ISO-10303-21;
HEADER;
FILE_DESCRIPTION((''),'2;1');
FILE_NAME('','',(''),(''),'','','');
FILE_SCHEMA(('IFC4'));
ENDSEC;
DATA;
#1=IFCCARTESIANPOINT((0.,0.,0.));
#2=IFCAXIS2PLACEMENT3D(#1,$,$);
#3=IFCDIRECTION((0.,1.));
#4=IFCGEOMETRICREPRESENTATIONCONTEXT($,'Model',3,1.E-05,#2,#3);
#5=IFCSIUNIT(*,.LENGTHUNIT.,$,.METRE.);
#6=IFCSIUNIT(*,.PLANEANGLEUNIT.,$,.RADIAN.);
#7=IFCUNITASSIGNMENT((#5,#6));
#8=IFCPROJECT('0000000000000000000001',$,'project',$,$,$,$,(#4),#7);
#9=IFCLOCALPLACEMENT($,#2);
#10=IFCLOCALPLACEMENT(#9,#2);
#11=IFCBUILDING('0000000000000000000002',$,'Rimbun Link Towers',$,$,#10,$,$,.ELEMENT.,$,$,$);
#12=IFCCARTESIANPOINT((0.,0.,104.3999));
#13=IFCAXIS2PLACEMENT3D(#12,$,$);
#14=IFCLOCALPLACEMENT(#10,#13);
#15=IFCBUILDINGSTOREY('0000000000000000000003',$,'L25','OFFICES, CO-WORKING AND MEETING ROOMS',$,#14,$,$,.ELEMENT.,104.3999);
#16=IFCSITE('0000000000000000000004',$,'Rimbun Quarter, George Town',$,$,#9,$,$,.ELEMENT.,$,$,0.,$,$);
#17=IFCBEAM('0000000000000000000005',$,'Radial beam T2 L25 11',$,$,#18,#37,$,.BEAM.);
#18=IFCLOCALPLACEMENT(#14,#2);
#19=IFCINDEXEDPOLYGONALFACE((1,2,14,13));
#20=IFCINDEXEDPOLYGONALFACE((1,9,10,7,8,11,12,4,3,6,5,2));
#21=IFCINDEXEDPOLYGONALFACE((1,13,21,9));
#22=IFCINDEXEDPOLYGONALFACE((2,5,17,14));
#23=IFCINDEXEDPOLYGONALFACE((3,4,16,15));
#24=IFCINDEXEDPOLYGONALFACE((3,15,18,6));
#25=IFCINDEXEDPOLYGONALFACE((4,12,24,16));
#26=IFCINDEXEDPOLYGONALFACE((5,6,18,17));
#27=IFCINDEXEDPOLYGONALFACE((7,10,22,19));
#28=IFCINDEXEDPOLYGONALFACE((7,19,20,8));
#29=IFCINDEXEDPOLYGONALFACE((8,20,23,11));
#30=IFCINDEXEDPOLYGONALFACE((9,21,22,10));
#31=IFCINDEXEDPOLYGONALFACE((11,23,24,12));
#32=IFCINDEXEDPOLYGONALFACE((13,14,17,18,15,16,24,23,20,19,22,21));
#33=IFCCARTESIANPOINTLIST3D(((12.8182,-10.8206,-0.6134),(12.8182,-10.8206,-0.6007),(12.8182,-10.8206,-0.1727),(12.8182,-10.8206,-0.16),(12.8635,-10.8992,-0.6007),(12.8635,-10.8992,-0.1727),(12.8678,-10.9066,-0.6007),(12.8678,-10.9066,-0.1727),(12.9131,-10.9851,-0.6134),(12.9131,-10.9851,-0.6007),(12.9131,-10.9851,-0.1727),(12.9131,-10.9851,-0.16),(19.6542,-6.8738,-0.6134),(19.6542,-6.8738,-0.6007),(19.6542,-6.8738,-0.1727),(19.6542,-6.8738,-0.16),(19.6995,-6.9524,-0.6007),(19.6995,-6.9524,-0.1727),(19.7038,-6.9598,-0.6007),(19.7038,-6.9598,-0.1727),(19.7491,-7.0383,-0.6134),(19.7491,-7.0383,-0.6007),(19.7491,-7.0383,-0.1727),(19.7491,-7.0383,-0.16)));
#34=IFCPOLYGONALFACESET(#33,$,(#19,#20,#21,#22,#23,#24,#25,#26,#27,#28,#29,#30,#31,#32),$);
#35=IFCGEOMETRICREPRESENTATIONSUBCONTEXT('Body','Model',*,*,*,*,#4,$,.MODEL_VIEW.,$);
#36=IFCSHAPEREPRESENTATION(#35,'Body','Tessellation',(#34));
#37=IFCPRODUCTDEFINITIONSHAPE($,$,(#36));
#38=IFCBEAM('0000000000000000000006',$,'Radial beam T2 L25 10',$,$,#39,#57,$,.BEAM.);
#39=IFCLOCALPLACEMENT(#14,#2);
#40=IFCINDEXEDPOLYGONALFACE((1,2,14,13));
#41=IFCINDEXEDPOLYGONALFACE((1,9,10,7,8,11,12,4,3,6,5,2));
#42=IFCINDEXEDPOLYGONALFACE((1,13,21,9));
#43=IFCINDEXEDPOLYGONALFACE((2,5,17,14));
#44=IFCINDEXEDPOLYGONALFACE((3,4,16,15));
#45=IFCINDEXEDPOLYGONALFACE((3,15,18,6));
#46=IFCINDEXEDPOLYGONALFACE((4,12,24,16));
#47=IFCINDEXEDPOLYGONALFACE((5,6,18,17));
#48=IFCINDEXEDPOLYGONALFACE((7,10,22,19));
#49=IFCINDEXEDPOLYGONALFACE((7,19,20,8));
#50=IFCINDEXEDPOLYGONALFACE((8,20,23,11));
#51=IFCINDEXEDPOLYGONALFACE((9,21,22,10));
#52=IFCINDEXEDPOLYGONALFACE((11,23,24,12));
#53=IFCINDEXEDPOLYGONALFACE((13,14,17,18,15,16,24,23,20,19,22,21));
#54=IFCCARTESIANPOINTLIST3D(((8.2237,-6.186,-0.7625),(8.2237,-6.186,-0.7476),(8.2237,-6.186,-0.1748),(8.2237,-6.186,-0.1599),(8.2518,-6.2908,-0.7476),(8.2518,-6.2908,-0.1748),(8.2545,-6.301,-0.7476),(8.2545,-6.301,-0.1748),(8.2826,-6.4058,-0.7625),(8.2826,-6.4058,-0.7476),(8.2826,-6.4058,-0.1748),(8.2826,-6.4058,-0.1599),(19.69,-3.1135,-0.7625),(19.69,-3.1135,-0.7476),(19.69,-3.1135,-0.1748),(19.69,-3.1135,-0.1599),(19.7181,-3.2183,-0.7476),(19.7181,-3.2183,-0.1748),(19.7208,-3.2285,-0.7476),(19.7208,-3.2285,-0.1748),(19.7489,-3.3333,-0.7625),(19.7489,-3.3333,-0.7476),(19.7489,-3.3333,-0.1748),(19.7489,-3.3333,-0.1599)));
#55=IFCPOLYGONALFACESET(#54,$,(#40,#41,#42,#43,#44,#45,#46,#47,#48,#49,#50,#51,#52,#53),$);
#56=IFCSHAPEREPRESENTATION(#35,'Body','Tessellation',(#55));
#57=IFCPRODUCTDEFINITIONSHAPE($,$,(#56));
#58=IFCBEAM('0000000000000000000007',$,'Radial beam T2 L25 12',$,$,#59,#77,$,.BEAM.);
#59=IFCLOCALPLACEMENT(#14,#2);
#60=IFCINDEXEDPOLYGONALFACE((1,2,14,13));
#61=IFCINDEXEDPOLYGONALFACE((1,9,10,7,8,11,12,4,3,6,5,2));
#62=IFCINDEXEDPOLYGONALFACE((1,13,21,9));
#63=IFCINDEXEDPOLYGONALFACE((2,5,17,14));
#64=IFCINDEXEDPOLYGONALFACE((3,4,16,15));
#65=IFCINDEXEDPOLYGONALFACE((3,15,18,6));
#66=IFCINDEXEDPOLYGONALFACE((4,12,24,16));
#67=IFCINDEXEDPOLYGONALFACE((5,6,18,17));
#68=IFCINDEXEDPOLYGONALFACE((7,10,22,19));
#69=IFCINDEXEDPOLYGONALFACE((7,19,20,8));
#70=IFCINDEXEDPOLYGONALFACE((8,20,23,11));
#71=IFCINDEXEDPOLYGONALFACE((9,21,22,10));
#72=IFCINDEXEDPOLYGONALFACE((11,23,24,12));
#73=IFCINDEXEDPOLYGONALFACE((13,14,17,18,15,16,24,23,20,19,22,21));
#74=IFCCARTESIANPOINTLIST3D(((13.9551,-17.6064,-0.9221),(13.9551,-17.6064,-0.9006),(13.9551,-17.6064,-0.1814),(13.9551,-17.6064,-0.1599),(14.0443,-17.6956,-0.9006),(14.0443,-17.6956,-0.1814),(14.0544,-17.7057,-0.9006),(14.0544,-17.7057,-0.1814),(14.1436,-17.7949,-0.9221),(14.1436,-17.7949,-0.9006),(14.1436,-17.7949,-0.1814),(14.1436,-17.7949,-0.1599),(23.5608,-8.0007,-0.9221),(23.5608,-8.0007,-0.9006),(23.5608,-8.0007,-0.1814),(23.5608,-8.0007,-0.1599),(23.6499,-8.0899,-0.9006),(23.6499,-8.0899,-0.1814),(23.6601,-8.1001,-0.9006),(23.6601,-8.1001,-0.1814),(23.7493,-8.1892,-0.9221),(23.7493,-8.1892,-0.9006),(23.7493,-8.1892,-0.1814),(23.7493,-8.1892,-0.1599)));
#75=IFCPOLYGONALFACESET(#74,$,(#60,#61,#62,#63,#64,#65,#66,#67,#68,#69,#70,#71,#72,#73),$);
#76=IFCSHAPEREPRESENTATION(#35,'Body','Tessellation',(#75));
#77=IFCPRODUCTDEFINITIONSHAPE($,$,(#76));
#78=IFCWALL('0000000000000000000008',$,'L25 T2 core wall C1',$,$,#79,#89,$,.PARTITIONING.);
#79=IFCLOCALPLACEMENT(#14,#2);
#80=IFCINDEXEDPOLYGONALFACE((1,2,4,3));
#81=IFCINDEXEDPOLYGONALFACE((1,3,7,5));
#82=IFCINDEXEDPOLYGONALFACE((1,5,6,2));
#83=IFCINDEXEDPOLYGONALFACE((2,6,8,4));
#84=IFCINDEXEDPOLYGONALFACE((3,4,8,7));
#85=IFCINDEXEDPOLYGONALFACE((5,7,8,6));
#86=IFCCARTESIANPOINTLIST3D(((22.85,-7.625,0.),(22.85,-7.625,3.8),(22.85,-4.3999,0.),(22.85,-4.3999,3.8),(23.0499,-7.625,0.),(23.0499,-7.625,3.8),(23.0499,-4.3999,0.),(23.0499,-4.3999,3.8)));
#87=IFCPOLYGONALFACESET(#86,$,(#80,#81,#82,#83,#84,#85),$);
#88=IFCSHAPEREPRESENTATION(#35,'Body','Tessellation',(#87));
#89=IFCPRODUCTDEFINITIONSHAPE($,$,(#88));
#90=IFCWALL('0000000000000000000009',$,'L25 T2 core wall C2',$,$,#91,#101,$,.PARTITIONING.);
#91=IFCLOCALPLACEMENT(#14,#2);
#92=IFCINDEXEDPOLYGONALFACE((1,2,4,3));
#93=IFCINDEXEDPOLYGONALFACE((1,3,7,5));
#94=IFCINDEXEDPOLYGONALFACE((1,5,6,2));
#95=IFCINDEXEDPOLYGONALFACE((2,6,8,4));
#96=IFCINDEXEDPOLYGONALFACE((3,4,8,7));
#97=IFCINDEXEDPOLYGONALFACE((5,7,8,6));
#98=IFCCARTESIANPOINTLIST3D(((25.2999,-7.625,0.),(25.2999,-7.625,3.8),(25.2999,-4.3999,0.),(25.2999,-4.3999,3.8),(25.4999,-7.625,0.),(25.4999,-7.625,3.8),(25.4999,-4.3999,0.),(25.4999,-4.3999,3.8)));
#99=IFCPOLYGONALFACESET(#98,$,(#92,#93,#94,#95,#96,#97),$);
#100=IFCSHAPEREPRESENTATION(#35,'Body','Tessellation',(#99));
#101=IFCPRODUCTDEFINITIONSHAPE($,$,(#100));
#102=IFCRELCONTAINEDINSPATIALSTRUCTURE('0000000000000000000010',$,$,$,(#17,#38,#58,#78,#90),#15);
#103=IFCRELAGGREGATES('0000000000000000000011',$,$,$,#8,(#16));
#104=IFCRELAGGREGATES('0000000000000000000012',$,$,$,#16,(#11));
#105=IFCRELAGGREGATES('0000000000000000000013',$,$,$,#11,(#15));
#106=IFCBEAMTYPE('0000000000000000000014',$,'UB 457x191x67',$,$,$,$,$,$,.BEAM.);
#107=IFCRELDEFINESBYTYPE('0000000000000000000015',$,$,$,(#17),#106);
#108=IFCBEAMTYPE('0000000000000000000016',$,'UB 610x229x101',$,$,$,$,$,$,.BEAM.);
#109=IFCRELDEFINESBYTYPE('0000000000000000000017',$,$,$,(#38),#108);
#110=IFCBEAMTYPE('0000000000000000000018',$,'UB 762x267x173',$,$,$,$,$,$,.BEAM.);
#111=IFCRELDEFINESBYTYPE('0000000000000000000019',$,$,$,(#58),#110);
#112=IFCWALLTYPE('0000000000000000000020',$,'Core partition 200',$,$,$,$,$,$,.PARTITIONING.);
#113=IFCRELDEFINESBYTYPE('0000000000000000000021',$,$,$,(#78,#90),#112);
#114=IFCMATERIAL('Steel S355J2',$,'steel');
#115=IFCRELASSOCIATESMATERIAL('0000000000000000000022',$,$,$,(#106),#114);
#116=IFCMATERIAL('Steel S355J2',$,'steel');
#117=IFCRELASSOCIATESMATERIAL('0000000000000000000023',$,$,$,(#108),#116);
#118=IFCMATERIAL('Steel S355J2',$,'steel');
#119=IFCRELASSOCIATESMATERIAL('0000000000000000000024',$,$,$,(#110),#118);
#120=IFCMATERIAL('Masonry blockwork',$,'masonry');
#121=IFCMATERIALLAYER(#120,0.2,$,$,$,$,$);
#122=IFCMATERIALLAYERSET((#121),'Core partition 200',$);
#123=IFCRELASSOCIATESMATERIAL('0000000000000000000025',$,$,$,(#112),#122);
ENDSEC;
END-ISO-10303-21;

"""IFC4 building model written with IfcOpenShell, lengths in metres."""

from ifc_helpers import new_model, si_unit, direction, frame, frame_2d, origin, origin_2d, place, context, subcontext, project, spatial, rectangle, i_section, extrude, material, layer, layer_set, material_profile, profile_set, type_object, element, save


model = new_model("IFC4")

# Units and contexts
model_context = context("Model", 3, precision=1e-05, world=origin(), true_north=direction((0.0, 1.0)))
body_context = subcontext(model_context, "Body", "Model", "MODEL_VIEW")
ifc_project = project(units=[si_unit("LENGTHUNIT", "METRE"), si_unit("PLANEANGLEUNIT", "RADIAN")], contexts=[model_context])

# Site, building, storey
site_placement = place(None, origin())
site = spatial("IfcSite", under=ifc_project, at=site_placement, Name="Rimbun Quarter, George Town", CompositionType="ELEMENT", RefElevation=0.0)
building_placement = place(site_placement, origin())
building = spatial("IfcBuilding", under=site, at=building_placement, Name="Rimbun Link Towers", CompositionType="ELEMENT")
storey_placement = place(building_placement, frame((0.0, 0.0, 104.3999)))
storey = spatial("IfcBuildingStorey", under=building, at=storey_placement, Name="L25", Description="OFFICES, CO-WORKING AND MEETING ROOMS", CompositionType="ELEMENT", Elevation=104.3999)

# Beams
ifc_material_1 = material(Name="Steel S355J2", Category="steel")
ifc_material_profile_1 = material_profile(ifc_material_1, i_section(OverallWidth=0.1899, OverallDepth=0.4534, WebThickness=0.0085, FlangeThickness=0.0127, at=origin_2d()), Name="UB 457x191x67")
ifc_profile_set_1 = profile_set([ifc_material_profile_1], Name="Steel S355J2")
beam_type_1 = type_object("IfcBeamType", Name="UB 457x191x67", PredefinedType="BEAM", material=ifc_profile_set_1)
beam_1_placement = place(storey_placement, frame((19.7017, -6.9561, -0.3867), z_axis=(-0.866023, -0.500004, 0.0), x_axis=(0.500004, -0.866023, 0.0)))
element("IfcBeam", 1, at=beam_1_placement, inside=storey, type_object=beam_type_1, Name="Radial beam T2 L25 11", PredefinedType="BEAM", context=body_context, shape_type="SweptSolid", body=[
    extrude(i_section(OverallWidth=0.1899, OverallDepth=0.4534, WebThickness=0.0085, FlangeThickness=0.0127, at=origin_2d()), origin(), (0.0, 0.0, 1.0), 7.8936),
])
ifc_material_2 = material(Name="Steel S355J2", Category="steel")
ifc_material_profile_2 = material_profile(ifc_material_2, i_section(OverallWidth=0.2275, OverallDepth=0.6025, WebThickness=0.0105, FlangeThickness=0.0149, at=origin_2d()), Name="UB 610x229x101")
ifc_profile_set_2 = profile_set([ifc_material_profile_2], Name="Steel S355J2")
beam_type_2 = type_object("IfcBeamType", Name="UB 610x229x101", PredefinedType="BEAM", material=ifc_profile_set_2)
beam_2_placement = place(storey_placement, frame((19.7195, -3.2234, -0.4612), z_axis=(-0.965923, -0.258829, 0.0), x_axis=(0.258829, -0.965923, 0.0)))
element("IfcBeam", 2, at=beam_2_placement, inside=storey, type_object=beam_type_2, Name="Radial beam T2 L25 10", PredefinedType="BEAM", context=body_context, shape_type="SweptSolid", body=[
    extrude(i_section(OverallWidth=0.2275, OverallDepth=0.6025, WebThickness=0.0105, FlangeThickness=0.0149, at=origin_2d()), origin(), (0.0, 0.0, 1.0), 11.8708),
])
ifc_material_3 = material(Name="Steel S355J2", Category="steel")
ifc_material_profile_3 = material_profile(ifc_material_3, i_section(OverallWidth=0.2666, OverallDepth=0.7622, WebThickness=0.0144, FlangeThickness=0.0215, at=origin_2d()), Name="UB 762x267x173")
ifc_profile_set_3 = profile_set([ifc_material_profile_3], Name="Steel S355J2")
beam_type_3 = type_object("IfcBeamType", Name="UB 762x267x173", PredefinedType="BEAM", material=ifc_profile_set_3)
beam_3_placement = place(storey_placement, frame((23.655, -8.095, -0.541), z_axis=(-0.707107, -0.707107, 0.0), x_axis=(0.707107, -0.707107, 0.0)))
element("IfcBeam", 3, at=beam_3_placement, inside=storey, type_object=beam_type_3, Name="Radial beam T2 L25 12", PredefinedType="BEAM", context=body_context, shape_type="SweptSolid", body=[
    extrude(i_section(OverallWidth=0.2666, OverallDepth=0.7622, WebThickness=0.0144, FlangeThickness=0.0215, at=origin_2d()), origin(), (0.0, 0.0, 1.0), 13.5845),
])

# Walls
ifc_material_4 = material(Name="Masonry blockwork", Category="masonry")
ifc_layer_1 = layer(ifc_material_4, 0.2)
ifc_layer_set_1 = layer_set([ifc_layer_1], Name="Core partition 200")
wall_type_1 = type_object("IfcWallType", Name="Core partition 200", PredefinedType="PARTITIONING", material=ifc_layer_set_1)
for number, where, z_axis, x_axis, name in (
    (4, (22.95, -4.3999, 0.0), (0.0, 0.0, 1.0), (0.0, -1.0, 0.0), "L25 T2 core wall C1"),
    (5, (25.3999, -4.3999, 0.0), (0.0, 0.0, 1.0), (0.0, -1.0, 0.0), "L25 T2 core wall C2"),
):
    element("IfcWall", number, at=place(storey_placement, frame(where, z_axis=z_axis, x_axis=x_axis)), inside=storey, type_object=wall_type_1, Name=name, PredefinedType="PARTITIONING", context=body_context, shape_type="SweptSolid", body=[
        extrude(rectangle(XDim=3.2251, YDim=0.2, at=frame_2d((1.6125, 0.0))), origin(), (0.0, 0.0, 1.0), 3.8),
    ])

save(model, "model.ifc")
